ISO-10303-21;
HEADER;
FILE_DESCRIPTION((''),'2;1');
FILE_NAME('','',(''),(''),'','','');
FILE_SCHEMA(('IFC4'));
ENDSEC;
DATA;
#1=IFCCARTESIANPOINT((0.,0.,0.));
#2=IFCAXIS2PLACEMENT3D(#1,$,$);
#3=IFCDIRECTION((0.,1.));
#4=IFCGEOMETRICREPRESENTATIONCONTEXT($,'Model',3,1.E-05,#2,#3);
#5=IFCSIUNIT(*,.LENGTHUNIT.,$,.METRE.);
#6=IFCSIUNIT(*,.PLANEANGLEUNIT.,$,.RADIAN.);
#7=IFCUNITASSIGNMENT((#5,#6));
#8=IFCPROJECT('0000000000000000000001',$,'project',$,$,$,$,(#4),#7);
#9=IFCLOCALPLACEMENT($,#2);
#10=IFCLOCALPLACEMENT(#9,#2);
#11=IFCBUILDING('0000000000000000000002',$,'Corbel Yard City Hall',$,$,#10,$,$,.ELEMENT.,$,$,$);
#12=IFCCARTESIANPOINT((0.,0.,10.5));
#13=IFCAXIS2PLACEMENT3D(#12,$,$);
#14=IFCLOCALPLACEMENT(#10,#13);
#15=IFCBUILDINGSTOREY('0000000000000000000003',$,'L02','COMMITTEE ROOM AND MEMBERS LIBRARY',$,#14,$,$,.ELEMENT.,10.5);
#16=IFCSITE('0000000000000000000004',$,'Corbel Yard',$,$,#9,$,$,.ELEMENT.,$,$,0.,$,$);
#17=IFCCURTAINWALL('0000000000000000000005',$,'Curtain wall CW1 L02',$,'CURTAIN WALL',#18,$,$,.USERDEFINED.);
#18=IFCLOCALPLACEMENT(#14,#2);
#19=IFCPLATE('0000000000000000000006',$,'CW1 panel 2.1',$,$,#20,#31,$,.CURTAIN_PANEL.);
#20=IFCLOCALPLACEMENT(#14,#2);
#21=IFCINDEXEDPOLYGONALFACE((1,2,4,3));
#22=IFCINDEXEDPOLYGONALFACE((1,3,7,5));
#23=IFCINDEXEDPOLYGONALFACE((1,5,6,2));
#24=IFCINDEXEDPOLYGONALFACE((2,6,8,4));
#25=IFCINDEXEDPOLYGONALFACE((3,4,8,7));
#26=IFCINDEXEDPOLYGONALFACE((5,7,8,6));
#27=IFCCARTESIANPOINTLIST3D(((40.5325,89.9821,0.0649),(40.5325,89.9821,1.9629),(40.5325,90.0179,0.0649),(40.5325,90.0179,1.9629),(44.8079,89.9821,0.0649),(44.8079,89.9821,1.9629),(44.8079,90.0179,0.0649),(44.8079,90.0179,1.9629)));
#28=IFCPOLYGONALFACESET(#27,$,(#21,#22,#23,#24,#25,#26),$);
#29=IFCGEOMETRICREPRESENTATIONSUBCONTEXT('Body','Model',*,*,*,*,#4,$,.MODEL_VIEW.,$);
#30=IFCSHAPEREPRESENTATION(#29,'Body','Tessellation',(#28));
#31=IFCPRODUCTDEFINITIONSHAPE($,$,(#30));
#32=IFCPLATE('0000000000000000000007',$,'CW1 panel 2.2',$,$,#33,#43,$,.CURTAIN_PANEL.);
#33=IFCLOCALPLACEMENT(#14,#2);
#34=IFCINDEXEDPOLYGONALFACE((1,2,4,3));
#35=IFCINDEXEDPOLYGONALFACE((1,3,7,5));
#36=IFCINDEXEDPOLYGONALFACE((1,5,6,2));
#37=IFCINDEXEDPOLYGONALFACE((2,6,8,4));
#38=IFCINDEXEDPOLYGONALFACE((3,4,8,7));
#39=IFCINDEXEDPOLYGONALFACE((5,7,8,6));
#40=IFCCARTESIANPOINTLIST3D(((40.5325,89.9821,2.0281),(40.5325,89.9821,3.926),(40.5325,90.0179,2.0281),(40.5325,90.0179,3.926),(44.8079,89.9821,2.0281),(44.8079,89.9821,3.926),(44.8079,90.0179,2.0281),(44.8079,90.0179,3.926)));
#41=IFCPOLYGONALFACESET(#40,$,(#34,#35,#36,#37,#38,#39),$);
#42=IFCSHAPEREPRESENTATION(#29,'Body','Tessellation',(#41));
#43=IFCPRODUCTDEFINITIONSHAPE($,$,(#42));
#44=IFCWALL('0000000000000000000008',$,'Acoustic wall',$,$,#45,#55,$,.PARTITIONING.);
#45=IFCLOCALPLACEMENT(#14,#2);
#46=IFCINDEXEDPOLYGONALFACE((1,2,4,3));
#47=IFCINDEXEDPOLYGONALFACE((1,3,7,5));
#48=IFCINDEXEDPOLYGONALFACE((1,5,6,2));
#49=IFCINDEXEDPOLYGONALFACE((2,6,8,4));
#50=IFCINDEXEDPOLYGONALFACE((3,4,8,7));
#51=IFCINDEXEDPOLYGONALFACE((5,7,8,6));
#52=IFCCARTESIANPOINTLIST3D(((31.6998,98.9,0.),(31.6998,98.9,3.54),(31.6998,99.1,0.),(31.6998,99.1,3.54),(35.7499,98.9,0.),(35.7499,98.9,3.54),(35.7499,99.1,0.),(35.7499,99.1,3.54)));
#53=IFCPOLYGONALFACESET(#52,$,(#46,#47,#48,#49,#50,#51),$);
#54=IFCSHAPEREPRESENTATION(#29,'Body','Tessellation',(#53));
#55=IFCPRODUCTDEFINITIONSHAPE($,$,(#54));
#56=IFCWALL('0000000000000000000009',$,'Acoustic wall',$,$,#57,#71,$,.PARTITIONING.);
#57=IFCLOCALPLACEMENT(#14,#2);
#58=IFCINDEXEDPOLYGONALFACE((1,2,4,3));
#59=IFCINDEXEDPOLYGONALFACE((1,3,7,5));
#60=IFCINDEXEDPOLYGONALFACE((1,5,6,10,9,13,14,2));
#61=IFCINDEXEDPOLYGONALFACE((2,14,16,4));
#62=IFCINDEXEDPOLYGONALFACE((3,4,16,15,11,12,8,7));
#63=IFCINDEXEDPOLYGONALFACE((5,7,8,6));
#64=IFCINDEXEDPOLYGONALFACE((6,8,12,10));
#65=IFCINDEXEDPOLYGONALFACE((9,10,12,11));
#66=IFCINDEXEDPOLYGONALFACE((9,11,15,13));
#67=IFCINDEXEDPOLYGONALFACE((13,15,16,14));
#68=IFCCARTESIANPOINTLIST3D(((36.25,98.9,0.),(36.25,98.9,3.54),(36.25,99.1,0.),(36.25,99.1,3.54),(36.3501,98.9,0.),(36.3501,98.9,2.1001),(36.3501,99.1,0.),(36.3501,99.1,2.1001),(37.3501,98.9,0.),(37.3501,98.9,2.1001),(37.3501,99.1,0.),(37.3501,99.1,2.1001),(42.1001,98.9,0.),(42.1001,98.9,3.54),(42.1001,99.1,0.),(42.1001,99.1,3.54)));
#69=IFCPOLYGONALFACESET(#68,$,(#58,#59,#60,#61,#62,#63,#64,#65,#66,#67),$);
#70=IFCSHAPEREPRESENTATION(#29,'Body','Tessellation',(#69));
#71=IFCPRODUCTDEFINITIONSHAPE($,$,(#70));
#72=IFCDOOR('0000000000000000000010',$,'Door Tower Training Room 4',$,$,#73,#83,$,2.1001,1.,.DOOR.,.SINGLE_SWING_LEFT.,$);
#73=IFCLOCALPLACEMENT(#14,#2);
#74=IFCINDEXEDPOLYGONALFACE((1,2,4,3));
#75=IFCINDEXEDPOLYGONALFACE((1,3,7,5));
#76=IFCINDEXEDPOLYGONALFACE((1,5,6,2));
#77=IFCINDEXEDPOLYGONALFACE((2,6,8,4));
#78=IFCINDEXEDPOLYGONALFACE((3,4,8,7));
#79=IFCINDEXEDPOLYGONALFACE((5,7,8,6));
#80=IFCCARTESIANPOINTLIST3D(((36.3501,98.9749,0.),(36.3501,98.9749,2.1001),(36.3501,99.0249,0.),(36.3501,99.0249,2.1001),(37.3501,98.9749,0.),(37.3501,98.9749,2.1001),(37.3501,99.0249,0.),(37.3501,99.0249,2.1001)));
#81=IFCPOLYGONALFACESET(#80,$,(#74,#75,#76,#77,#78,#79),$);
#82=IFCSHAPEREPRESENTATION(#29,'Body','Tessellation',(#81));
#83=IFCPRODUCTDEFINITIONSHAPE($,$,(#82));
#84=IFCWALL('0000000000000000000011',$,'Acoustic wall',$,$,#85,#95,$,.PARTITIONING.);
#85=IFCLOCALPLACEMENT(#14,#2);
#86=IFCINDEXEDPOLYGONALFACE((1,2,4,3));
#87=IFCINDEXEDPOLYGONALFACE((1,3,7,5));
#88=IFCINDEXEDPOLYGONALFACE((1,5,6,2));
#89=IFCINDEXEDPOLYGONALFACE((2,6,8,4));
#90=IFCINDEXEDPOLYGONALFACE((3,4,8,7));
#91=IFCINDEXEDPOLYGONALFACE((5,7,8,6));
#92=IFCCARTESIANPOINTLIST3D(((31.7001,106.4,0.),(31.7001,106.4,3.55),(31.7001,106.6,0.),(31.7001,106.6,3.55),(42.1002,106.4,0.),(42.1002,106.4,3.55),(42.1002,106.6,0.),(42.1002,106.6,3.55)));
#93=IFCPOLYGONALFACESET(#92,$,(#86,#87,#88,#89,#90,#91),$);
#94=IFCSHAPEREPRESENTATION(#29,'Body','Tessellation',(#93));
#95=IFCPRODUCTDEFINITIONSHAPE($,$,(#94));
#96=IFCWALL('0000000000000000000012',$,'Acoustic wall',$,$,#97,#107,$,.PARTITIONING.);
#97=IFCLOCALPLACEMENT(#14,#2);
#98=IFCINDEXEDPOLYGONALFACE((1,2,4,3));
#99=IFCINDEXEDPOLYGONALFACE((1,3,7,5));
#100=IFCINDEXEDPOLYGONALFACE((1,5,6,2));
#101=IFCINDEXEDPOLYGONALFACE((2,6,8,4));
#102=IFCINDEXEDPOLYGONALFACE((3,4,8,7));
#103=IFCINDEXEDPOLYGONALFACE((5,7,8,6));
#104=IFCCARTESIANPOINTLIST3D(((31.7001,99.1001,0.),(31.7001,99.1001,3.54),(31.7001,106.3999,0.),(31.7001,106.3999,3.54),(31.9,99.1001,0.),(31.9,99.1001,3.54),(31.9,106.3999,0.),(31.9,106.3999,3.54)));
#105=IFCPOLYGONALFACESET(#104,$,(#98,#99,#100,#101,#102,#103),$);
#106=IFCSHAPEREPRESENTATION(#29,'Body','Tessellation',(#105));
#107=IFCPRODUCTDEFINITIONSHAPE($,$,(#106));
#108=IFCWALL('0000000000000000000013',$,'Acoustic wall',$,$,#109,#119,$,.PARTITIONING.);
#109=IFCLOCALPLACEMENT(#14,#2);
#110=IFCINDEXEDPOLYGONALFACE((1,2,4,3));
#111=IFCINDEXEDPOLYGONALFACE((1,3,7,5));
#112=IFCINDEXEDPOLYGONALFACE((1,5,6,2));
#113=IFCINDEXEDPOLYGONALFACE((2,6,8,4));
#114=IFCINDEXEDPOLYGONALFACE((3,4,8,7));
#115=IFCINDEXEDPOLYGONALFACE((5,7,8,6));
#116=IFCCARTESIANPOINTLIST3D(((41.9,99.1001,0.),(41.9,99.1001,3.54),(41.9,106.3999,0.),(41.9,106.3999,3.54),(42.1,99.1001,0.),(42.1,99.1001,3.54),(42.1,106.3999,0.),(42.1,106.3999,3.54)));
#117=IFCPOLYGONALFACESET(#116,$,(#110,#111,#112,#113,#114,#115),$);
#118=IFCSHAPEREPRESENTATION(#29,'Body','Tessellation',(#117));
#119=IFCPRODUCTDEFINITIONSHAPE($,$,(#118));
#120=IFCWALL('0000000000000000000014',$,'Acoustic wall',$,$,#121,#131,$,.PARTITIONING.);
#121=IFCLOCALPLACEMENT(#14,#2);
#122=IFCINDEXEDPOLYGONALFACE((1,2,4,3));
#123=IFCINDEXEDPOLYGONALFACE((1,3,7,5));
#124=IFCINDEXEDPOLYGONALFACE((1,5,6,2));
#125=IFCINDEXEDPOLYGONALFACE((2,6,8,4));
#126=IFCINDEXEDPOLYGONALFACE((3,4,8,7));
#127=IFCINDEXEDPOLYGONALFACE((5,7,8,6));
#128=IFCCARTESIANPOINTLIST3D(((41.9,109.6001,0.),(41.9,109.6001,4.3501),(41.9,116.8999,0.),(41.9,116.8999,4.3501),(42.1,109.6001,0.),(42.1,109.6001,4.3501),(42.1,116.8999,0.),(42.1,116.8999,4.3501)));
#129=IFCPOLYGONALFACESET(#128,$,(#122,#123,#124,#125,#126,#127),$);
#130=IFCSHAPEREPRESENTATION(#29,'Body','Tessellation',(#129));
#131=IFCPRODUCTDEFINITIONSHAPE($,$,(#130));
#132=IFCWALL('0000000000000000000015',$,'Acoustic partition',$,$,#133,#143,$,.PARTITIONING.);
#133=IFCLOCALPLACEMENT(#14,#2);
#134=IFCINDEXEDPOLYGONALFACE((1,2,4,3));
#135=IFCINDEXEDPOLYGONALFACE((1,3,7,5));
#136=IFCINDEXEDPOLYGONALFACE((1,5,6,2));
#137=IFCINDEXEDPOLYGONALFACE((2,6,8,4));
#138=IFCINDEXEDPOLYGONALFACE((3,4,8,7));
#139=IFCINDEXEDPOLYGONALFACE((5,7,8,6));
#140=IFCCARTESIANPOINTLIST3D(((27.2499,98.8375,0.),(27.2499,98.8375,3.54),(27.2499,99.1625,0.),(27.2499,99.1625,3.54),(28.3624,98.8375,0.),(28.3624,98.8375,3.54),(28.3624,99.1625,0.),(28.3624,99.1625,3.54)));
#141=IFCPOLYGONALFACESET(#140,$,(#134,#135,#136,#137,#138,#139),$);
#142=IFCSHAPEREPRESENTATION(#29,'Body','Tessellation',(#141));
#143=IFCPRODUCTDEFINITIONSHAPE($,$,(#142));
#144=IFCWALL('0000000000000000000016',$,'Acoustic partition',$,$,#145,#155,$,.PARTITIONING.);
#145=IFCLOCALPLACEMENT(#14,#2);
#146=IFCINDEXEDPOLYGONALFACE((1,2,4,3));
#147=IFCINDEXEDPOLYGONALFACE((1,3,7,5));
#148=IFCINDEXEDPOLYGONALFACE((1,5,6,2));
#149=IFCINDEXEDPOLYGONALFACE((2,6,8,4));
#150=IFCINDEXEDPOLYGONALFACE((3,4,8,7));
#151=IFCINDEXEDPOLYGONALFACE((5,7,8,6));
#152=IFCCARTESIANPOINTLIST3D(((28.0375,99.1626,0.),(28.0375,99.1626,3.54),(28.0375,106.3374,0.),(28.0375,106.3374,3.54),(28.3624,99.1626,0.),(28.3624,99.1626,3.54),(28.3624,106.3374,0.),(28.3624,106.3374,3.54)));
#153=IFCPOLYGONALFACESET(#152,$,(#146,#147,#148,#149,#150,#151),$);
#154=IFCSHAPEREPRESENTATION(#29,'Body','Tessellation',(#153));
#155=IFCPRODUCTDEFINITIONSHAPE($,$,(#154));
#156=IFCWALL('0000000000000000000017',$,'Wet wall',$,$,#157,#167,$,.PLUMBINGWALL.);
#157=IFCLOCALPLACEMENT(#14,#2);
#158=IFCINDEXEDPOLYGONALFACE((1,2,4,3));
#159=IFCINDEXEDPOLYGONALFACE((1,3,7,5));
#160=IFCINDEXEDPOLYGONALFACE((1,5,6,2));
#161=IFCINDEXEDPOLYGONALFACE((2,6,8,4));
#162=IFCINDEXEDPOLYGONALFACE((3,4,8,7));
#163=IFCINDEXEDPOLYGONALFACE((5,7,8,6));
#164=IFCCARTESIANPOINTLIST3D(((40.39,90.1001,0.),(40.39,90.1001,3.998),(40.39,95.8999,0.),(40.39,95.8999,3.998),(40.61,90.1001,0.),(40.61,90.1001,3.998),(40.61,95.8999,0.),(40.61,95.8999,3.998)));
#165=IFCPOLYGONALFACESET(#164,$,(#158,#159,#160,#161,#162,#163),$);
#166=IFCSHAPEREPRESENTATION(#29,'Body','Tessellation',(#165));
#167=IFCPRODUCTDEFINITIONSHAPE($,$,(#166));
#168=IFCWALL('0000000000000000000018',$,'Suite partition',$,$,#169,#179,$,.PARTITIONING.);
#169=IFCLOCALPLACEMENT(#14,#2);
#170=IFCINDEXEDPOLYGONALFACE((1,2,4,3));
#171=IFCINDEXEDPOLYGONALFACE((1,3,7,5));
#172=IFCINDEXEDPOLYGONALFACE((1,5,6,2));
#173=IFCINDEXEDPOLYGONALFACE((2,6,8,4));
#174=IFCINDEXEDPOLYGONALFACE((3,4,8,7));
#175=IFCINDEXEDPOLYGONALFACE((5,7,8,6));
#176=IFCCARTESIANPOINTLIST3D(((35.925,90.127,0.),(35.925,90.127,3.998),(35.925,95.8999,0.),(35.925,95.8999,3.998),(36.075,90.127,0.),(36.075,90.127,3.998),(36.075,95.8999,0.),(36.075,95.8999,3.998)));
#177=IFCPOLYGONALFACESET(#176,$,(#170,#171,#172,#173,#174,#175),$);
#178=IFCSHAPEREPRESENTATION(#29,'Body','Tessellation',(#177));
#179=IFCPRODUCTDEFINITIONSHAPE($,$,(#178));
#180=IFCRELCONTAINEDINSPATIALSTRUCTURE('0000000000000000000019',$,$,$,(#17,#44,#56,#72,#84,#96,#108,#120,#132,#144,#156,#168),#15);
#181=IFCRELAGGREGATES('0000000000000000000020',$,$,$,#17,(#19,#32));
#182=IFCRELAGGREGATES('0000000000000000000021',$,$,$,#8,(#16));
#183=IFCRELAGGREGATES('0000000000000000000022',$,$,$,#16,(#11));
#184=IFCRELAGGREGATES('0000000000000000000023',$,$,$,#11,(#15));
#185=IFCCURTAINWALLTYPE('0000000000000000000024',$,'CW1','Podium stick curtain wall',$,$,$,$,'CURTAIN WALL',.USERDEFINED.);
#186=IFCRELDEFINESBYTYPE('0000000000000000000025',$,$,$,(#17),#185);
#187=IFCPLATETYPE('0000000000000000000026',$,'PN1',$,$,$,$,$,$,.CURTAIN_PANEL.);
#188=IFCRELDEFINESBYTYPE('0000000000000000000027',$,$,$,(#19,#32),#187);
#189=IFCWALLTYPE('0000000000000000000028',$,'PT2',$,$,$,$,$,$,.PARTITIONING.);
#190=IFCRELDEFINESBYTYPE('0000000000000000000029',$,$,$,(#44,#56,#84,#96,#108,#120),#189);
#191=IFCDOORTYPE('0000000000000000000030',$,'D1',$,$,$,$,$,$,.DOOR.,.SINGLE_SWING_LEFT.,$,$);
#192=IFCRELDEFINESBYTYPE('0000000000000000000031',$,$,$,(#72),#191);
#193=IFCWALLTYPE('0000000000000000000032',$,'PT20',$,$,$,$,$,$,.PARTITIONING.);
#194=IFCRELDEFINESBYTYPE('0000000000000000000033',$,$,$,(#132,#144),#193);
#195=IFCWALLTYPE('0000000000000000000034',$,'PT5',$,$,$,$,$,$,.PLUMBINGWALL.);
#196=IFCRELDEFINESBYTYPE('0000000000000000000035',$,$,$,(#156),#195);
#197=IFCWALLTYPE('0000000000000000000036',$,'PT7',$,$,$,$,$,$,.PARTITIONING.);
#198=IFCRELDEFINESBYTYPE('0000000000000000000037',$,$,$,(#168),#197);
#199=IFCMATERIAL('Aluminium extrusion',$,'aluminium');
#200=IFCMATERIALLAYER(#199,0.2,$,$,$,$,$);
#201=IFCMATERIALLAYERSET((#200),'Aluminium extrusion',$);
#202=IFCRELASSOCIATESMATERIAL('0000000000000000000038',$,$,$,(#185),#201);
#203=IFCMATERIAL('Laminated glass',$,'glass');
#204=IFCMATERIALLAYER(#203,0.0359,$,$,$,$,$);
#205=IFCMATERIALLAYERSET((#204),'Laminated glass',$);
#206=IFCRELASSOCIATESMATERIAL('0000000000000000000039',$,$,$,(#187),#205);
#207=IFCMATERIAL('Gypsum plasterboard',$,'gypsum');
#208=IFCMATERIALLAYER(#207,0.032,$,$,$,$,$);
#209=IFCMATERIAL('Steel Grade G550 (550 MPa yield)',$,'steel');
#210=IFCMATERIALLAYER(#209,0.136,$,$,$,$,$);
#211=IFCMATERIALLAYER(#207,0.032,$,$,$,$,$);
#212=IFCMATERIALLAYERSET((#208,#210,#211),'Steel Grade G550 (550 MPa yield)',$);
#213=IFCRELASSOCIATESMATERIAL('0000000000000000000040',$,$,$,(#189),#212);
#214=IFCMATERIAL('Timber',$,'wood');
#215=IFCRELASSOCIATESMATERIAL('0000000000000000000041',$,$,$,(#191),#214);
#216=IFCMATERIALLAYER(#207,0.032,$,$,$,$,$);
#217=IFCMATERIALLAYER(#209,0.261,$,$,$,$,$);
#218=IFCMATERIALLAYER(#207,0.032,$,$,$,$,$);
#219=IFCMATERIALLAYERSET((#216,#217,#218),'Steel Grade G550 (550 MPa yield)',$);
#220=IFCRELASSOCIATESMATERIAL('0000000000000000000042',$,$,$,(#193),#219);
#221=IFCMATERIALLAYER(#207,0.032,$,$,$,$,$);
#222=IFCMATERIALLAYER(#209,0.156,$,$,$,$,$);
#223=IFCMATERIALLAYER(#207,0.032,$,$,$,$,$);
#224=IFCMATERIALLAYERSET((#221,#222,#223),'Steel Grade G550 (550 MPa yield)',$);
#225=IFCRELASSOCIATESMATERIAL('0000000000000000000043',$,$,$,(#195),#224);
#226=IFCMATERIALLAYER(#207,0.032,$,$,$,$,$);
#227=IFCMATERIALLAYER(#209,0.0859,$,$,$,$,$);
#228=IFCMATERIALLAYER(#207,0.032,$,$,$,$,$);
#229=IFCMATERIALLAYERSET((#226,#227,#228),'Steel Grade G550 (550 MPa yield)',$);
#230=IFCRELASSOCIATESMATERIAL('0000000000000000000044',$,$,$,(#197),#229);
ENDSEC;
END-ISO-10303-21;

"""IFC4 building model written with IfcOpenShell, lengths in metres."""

from ifc_helpers import new_model, si_unit, direction, frame, frame_2d, origin, origin_2d, place, context, subcontext, project, spatial, rectangle, extrude, material, layer, layer_set, type_object, element, fill, aggregate, save


model = new_model("IFC4")

# Units and contexts
model_context = context("Model", 3, precision=1e-05, world=origin(), true_north=direction((0.0, 1.0)))
body_context = subcontext(model_context, "Body", "Model", "MODEL_VIEW")
ifc_project = project(units=[si_unit("LENGTHUNIT", "METRE"), si_unit("PLANEANGLEUNIT", "RADIAN")], contexts=[model_context])

# Site, building, storey
site_placement = place(None, origin())
site = spatial("IfcSite", under=ifc_project, at=site_placement, Name="Corbel Yard", CompositionType="ELEMENT", RefElevation=0.0)
building_placement = place(site_placement, origin())
building = spatial("IfcBuilding", under=site, at=building_placement, Name="Corbel Yard City Hall", CompositionType="ELEMENT")
storey_placement = place(building_placement, frame((0.0, 0.0, 10.5)))
storey = spatial("IfcBuildingStorey", under=building, at=storey_placement, Name="L02", Description="COMMITTEE ROOM AND MEMBERS LIBRARY", CompositionType="ELEMENT", Elevation=10.5)

# Curtain wall, plates
ifc_material_1 = material(Name="Aluminium extrusion", Category="aluminium")
ifc_layer_1 = layer(ifc_material_1, 0.2)
ifc_layer_set_1 = layer_set([ifc_layer_1], Name="Aluminium extrusion")
curtain_wall_type = type_object("IfcCurtainWallType", Name="CW1", Description="Podium stick curtain wall", ElementType="CURTAIN WALL", PredefinedType="USERDEFINED", material=ifc_layer_set_1)
curtain_wall_placement = place(storey_placement, origin())
curtain_wall = element("IfcCurtainWall", 1, at=curtain_wall_placement, inside=storey, type_object=curtain_wall_type, Name="Curtain wall CW1 L02", ObjectType="CURTAIN WALL", PredefinedType="USERDEFINED")
ifc_material_2 = material(Name="Laminated glass", Category="glass")
ifc_layer_2 = layer(ifc_material_2, 0.0359)
ifc_layer_set_2 = layer_set([ifc_layer_2], Name="Laminated glass")
plate_type = type_object("IfcPlateType", Name="PN1", PredefinedType="CURTAIN_PANEL", material=ifc_layer_set_2)
plate_1_placement = place(storey_placement, frame((42.6702, 90.0, 0.0649), z_axis=(0.0, 0.0, 1.0), x_axis=(1.0, 0.0, 0.0)))
plate_1 = element("IfcPlate", 2, at=plate_1_placement, type_object=plate_type, Name="CW1 panel 2.1", PredefinedType="CURTAIN_PANEL", context=body_context, shape_type="SweptSolid", body=[
    extrude(rectangle(XDim=4.2754, YDim=0.0359, at=origin_2d()), origin(), (0.0, 0.0, 1.0), 1.8979),
])
plate_2_placement = place(storey_placement, frame((42.6702, 90.0, 2.0281), z_axis=(0.0, 0.0, 1.0), x_axis=(1.0, 0.0, 0.0)))
plate_2 = element("IfcPlate", 3, at=plate_2_placement, type_object=plate_type, Name="CW1 panel 2.2", PredefinedType="CURTAIN_PANEL", context=body_context, shape_type="SweptSolid", body=[
    extrude(rectangle(XDim=4.2754, YDim=0.0359, at=origin_2d()), origin(), (0.0, 0.0, 1.0), 1.8979),
])
aggregate(curtain_wall, [plate_1, plate_2])

# Wall
ifc_material_3 = material(Name="Gypsum plasterboard", Category="gypsum")
ifc_layer_3 = layer(ifc_material_3, 0.032)
ifc_material_4 = material(Name="Steel Grade G550 (550 MPa yield)", Category="steel")
ifc_layer_4 = layer(ifc_material_4, 0.136)
ifc_layer_5 = layer(ifc_material_3, 0.032)
ifc_layer_set_3 = layer_set([ifc_layer_3, ifc_layer_4, ifc_layer_5], Name="Steel Grade G550 (550 MPa yield)")
wall_type_1 = type_object("IfcWallType", Name="PT2", PredefinedType="PARTITIONING", material=ifc_layer_set_3)
wall_1_placement = place(storey_placement, frame((31.7, 99.0, 0.0), z_axis=(0.0, 0.0, 1.0), x_axis=(1.0, 0.0, 0.0)))
element("IfcWall", 4, at=wall_1_placement, inside=storey, type_object=wall_type_1, Name="Acoustic wall", PredefinedType="PARTITIONING", context=body_context, shape_type="SweptSolid", body=[
    extrude(rectangle(XDim=4.05, YDim=0.2, at=frame_2d((2.0249, 0.0))), origin(), (0.0, 0.0, 1.0), 3.54),
])

# Wall, opening, door
wall_2_placement = place(storey_placement, frame((36.25, 99.0, 0.0), z_axis=(0.0, 0.0, 1.0), x_axis=(1.0, 0.0, 0.0)))
wall_2 = element("IfcWall", 5, at=wall_2_placement, inside=storey, type_object=wall_type_1, Name="Acoustic wall", PredefinedType="PARTITIONING", context=body_context, shape_type="SweptSolid", body=[
    extrude(rectangle(XDim=5.8501, YDim=0.2, at=frame_2d((2.925, 0.0))), origin(), (0.0, 0.0, 1.0), 3.54),
])
opening_placement = place(wall_2_placement, frame((0.1001, 0.0, 0.0)))
opening = element("IfcOpeningElement", 6, at=opening_placement, cuts=wall_2, PredefinedType="OPENING", context=body_context, shape_type="SweptSolid", body=[
    extrude(rectangle(XDim=1.0, YDim=2.1001, at=frame_2d((0.5, 1.05))), frame((0.0, 0.1099, 0.0), z_axis=(0.0, -1.0, 0.0), x_axis=(1.0, 0.0, 0.0)), (0.0, 0.0, 1.0), 0.22),
])
ifc_material_5 = material(Name="Timber", Category="wood")
door_type = type_object("IfcDoorType", Name="D1", OperationType="SINGLE_SWING_LEFT", PredefinedType="DOOR", material=ifc_material_5)
door_placement = place(opening_placement, origin())
door = element("IfcDoor", 7, at=door_placement, inside=storey, type_object=door_type, Name="Door Tower Training Room 4", OperationType="SINGLE_SWING_LEFT", OverallHeight=2.1001, OverallWidth=1.0, PredefinedType="DOOR", context=body_context, shape_type="SweptSolid", body=[
    extrude(rectangle(XDim=1.0, YDim=2.1001, at=frame_2d((0.5, 1.05))), frame((0.0, 0.0249, 0.0), z_axis=(0.0, -1.0, 0.0), x_axis=(1.0, 0.0, 0.0)), (0.0, 0.0, 1.0), 0.05),
])
fill(opening, door)

# Walls
wall_3_placement = place(storey_placement, frame((31.7, 106.5, 0.0), z_axis=(0.0, 0.0, 1.0), x_axis=(1.0, 0.0, 0.0)))
element("IfcWall", 8, at=wall_3_placement, inside=storey, type_object=wall_type_1, Name="Acoustic wall", PredefinedType="PARTITIONING", context=body_context, shape_type="SweptSolid", body=[
    extrude(rectangle(XDim=10.4001, YDim=0.2, at=frame_2d((5.2002, 0.0))), origin(), (0.0, 0.0, 1.0), 3.55),
])
for number, where, z_axis, x_axis, name in (
    (9, (31.8, 99.1001, 0.0), (0.0, 0.0, 1.0), (0.0, 1.0, 0.0), "Acoustic wall"),
    (10, (42.0, 99.1001, 0.0), (0.0, 0.0, 1.0), (0.0, 1.0, 0.0), "Acoustic wall"),
):
    element("IfcWall", number, at=place(storey_placement, frame(where, z_axis=z_axis, x_axis=x_axis)), inside=storey, type_object=wall_type_1, Name=name, PredefinedType="PARTITIONING", context=body_context, shape_type="SweptSolid", body=[
        extrude(rectangle(XDim=7.2998, YDim=0.2, at=frame_2d((3.6499, 0.0))), origin(), (0.0, 0.0, 1.0), 3.54),
    ])
wall_4_placement = place(storey_placement, frame((42.0, 109.6001, 0.0), z_axis=(0.0, 0.0, 1.0), x_axis=(0.0, 1.0, 0.0)))
element("IfcWall", 11, at=wall_4_placement, inside=storey, type_object=wall_type_1, Name="Acoustic wall", PredefinedType="PARTITIONING", context=body_context, shape_type="SweptSolid", body=[
    extrude(rectangle(XDim=7.2998, YDim=0.2, at=frame_2d((3.6499, 0.0))), origin(), (0.0, 0.0, 1.0), 4.3501),
])
ifc_layer_6 = layer(ifc_material_3, 0.032)
ifc_layer_7 = layer(ifc_material_4, 0.261)
ifc_layer_8 = layer(ifc_material_3, 0.032)
ifc_layer_set_4 = layer_set([ifc_layer_6, ifc_layer_7, ifc_layer_8], Name="Steel Grade G550 (550 MPa yield)")
wall_type_2 = type_object("IfcWallType", Name="PT20", PredefinedType="PARTITIONING", material=ifc_layer_set_4)
wall_5_placement = place(storey_placement, frame((27.25, 99.0, 0.0), z_axis=(0.0, 0.0, 1.0), x_axis=(1.0, 0.0, 0.0)))
element("IfcWall", 12, at=wall_5_placement, inside=storey, type_object=wall_type_2, Name="Acoustic partition", PredefinedType="PARTITIONING", context=body_context, shape_type="SweptSolid", body=[
    extrude(rectangle(XDim=1.1125, YDim=0.325, at=frame_2d((0.5562, 0.0))), origin(), (0.0, 0.0, 1.0), 3.54),
])
wall_6_placement = place(storey_placement, frame((28.2, 99.1626, 0.0), z_axis=(0.0, 0.0, 1.0), x_axis=(0.0, 1.0, 0.0)))
element("IfcWall", 13, at=wall_6_placement, inside=storey, type_object=wall_type_2, Name="Acoustic partition", PredefinedType="PARTITIONING", context=body_context, shape_type="SweptSolid", body=[
    extrude(rectangle(XDim=7.1748, YDim=0.325, at=frame_2d((3.5874, 0.0))), origin(), (0.0, 0.0, 1.0), 3.54),
])
ifc_layer_9 = layer(ifc_material_3, 0.032)
ifc_layer_10 = layer(ifc_material_4, 0.156)
ifc_layer_11 = layer(ifc_material_3, 0.032)
ifc_layer_set_5 = layer_set([ifc_layer_9, ifc_layer_10, ifc_layer_11], Name="Steel Grade G550 (550 MPa yield)")
wall_type_3 = type_object("IfcWallType", Name="PT5", PredefinedType="PLUMBINGWALL", material=ifc_layer_set_5)
wall_7_placement = place(storey_placement, frame((40.5, 90.1001, 0.0), z_axis=(0.0, 0.0, 1.0), x_axis=(0.0, 1.0, 0.0)))
element("IfcWall", 14, at=wall_7_placement, inside=storey, type_object=wall_type_3, Name="Wet wall", PredefinedType="PLUMBINGWALL", context=body_context, shape_type="SweptSolid", body=[
    extrude(rectangle(XDim=5.7998, YDim=0.22, at=frame_2d((2.8999, 0.0))), origin(), (0.0, 0.0, 1.0), 3.998),
])
ifc_layer_12 = layer(ifc_material_3, 0.032)
ifc_layer_13 = layer(ifc_material_4, 0.0859)
ifc_layer_14 = layer(ifc_material_3, 0.032)
ifc_layer_set_6 = layer_set([ifc_layer_12, ifc_layer_13, ifc_layer_14], Name="Steel Grade G550 (550 MPa yield)")
wall_type_4 = type_object("IfcWallType", Name="PT7", PredefinedType="PARTITIONING", material=ifc_layer_set_6)
wall_8_placement = place(storey_placement, frame((36.0, 90.127, 0.0), z_axis=(0.0, 0.0, 1.0), x_axis=(0.0, 1.0, 0.0)))
element("IfcWall", 15, at=wall_8_placement, inside=storey, type_object=wall_type_4, Name="Suite partition", PredefinedType="PARTITIONING", context=body_context, shape_type="SweptSolid", body=[
    extrude(rectangle(XDim=5.7729, YDim=0.1499, at=frame_2d((2.8865, 0.0))), origin(), (0.0, 0.0, 1.0), 3.998),
])

save(model, "model.ifc")
